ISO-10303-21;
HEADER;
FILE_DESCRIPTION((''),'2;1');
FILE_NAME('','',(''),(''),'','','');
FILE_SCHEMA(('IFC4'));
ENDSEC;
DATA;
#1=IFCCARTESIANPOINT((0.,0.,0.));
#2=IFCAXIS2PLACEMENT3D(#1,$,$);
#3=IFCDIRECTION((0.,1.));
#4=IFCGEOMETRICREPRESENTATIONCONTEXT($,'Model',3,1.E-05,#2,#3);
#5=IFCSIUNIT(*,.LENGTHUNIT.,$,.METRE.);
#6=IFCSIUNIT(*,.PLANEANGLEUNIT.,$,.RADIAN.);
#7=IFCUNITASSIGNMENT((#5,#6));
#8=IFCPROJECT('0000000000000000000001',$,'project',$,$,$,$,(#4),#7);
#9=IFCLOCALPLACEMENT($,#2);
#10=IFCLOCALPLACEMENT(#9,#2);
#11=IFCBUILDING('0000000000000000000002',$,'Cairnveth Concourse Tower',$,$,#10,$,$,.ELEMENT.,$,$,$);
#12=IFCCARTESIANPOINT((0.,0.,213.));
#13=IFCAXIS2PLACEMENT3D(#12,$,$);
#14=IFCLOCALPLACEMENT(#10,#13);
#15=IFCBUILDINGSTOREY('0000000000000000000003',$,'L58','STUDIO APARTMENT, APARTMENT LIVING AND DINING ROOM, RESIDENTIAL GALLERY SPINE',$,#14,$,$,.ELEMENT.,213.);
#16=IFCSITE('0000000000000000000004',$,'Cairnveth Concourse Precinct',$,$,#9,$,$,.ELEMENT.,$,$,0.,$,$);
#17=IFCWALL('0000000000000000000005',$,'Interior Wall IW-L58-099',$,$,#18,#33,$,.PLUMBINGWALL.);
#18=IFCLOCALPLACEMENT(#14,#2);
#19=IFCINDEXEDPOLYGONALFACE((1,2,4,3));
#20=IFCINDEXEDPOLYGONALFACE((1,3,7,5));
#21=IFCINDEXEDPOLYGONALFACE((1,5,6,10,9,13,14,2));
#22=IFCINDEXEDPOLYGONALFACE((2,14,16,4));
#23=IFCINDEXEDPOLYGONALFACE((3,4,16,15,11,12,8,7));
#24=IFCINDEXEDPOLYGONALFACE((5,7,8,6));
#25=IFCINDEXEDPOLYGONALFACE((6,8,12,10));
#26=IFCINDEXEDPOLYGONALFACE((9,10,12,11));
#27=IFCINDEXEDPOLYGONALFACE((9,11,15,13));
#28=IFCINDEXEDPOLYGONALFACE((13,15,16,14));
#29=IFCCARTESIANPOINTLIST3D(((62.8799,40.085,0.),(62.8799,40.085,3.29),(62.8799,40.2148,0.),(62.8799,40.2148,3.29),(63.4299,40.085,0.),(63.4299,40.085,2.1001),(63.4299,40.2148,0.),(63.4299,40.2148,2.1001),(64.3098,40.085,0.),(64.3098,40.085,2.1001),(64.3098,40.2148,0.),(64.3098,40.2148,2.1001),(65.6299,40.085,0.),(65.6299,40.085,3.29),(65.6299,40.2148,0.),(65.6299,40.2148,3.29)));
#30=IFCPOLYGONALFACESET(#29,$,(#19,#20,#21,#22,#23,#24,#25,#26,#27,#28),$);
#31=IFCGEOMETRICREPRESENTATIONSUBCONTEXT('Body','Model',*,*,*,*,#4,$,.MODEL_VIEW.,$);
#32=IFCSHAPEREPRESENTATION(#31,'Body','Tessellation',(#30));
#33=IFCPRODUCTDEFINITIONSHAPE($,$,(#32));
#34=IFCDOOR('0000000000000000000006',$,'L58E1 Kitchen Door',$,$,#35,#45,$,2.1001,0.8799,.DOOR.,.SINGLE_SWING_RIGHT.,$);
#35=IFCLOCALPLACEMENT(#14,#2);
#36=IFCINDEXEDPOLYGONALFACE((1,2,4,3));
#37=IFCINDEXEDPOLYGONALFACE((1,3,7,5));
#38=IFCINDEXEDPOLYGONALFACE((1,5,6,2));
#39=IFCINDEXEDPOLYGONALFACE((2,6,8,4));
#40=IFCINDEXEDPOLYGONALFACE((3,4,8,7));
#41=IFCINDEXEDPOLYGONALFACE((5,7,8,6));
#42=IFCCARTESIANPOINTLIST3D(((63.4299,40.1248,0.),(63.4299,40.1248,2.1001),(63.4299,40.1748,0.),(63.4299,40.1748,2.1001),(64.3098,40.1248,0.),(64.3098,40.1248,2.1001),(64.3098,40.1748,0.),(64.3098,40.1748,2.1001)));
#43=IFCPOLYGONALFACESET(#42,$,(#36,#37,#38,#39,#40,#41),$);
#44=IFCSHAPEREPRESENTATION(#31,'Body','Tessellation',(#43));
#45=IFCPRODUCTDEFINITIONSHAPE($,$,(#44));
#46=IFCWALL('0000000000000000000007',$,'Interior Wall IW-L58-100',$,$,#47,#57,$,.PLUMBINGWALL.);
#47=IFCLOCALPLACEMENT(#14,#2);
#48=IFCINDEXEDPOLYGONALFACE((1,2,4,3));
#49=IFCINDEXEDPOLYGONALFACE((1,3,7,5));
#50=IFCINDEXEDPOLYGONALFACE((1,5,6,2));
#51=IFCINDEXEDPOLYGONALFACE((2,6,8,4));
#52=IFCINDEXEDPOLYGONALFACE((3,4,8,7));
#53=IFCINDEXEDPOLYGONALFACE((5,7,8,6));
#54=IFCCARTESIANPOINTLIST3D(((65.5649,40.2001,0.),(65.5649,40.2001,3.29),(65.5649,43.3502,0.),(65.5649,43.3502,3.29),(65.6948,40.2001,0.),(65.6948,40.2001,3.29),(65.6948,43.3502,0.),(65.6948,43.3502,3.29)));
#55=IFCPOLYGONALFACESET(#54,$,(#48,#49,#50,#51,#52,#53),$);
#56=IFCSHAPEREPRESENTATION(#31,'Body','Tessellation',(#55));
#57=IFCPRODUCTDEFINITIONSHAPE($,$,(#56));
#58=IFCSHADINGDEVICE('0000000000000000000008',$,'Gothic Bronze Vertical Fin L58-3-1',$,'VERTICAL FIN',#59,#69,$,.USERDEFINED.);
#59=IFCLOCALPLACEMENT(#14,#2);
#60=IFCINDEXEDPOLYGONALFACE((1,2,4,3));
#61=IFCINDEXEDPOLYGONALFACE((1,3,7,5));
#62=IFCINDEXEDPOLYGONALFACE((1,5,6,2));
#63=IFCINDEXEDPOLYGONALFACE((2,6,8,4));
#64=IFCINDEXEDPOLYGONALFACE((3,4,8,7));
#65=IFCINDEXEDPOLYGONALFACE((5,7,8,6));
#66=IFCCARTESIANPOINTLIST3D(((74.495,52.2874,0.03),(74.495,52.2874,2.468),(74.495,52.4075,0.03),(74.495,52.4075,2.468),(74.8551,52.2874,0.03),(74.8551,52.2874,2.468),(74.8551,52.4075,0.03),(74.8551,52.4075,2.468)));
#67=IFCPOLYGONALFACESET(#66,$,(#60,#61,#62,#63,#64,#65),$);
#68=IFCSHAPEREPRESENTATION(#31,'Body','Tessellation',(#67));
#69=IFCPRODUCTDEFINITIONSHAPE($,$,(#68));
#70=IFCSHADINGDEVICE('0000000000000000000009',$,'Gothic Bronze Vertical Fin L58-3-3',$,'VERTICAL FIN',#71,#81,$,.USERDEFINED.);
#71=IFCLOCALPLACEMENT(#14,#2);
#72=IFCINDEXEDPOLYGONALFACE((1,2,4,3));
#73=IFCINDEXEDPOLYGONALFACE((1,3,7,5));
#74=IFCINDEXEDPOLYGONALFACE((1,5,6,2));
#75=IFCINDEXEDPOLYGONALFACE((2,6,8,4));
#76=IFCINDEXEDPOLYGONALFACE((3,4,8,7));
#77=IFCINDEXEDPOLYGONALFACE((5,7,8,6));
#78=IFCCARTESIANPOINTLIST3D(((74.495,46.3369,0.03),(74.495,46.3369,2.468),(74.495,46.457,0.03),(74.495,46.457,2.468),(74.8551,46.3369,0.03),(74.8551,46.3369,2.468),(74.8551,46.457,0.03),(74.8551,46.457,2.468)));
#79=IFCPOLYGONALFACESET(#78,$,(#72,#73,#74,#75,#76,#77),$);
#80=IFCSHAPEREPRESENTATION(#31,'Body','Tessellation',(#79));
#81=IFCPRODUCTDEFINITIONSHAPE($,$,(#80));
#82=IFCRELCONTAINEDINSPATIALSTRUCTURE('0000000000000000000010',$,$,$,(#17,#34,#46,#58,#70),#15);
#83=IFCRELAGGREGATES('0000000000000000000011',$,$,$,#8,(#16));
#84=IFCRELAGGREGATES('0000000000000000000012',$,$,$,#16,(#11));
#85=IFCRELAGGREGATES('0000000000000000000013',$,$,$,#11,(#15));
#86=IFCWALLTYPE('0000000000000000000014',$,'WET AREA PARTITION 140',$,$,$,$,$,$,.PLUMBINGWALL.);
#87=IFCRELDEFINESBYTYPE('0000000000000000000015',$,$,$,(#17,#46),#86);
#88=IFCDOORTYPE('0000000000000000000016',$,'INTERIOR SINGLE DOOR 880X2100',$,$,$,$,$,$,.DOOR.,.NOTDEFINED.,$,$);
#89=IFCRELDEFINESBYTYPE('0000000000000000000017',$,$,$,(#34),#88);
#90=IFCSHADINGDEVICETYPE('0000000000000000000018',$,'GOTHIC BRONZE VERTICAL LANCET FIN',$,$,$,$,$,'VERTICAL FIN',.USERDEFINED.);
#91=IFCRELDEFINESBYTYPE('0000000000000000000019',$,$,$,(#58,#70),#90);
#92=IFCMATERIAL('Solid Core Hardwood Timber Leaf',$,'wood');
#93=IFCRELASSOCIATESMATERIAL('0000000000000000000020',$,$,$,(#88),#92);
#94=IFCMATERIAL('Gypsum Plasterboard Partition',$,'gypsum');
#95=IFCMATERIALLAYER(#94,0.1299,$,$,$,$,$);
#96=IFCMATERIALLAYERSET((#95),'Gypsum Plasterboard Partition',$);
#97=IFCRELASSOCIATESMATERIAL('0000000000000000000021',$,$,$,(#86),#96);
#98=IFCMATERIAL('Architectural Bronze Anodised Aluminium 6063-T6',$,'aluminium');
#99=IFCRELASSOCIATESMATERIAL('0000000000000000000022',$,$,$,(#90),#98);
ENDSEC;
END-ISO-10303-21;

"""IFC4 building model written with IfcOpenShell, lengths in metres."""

from ifc_helpers import new_model, si_unit, direction, frame, frame_2d, origin, origin_2d, place, context, subcontext, project, spatial, rectangle, extrude, material, layer, layer_set, type_object, element, fill, save


model = new_model("IFC4")

# Units and contexts
model_context = context("Model", 3, precision=1e-05, world=origin(), true_north=direction((0.0, 1.0)))
body_context = subcontext(model_context, "Body", "Model", "MODEL_VIEW")
ifc_project = project(units=[si_unit("LENGTHUNIT", "METRE"), si_unit("PLANEANGLEUNIT", "RADIAN")], contexts=[model_context])

# Site, building, storey
site_placement = place(None, origin())
site = spatial("IfcSite", under=ifc_project, at=site_placement, Name="Cairnveth Concourse Precinct", CompositionType="ELEMENT", RefElevation=0.0)
building_placement = place(site_placement, origin())
building = spatial("IfcBuilding", under=site, at=building_placement, Name="Cairnveth Concourse Tower", CompositionType="ELEMENT")
storey_placement = place(building_placement, frame((0.0, 0.0, 213.0)))
storey = spatial("IfcBuildingStorey", under=building, at=storey_placement, Name="L58", Description="STUDIO APARTMENT, APARTMENT LIVING AND DINING ROOM, RESIDENTIAL GALLERY SPINE", CompositionType="ELEMENT", Elevation=213.0)

# Shared definitions
ifc_material_1 = material(Name="Gypsum Plasterboard Partition", Category="gypsum")

# Shared definitions
ifc_material_2 = material(Name="Solid Core Hardwood Timber Leaf", Category="wood")
door_type_1 = type_object("IfcDoorType", Name="INTERIOR SINGLE DOOR 880X2100", OperationType="NOTDEFINED", PredefinedType="DOOR", material=ifc_material_2)

# Shared definitions
ifc_layer_1 = layer(ifc_material_1, 0.1299)
ifc_layer_set_1 = layer_set([ifc_layer_1], Name="Gypsum Plasterboard Partition")
wall_type_1 = type_object("IfcWallType", Name="WET AREA PARTITION 140", PredefinedType="PLUMBINGWALL", material=ifc_layer_set_1)

# Wall, opening, door
wall_1_placement = place(storey_placement, frame((62.8799, 40.1499, 0.0), z_axis=(0.0, 0.0, 1.0), x_axis=(1.0, 0.0, 0.0)))
wall_1 = element("IfcWall", 1, at=wall_1_placement, inside=storey, type_object=wall_type_1, Name="Interior Wall IW-L58-099", PredefinedType="PLUMBINGWALL", context=body_context, shape_type="SweptSolid", body=[
    extrude(rectangle(XDim=2.75, YDim=0.1299, at=frame_2d((1.375, 0.0))), origin(), (0.0, 0.0, 1.0), 3.29),
])
opening_1_placement = place(wall_1_placement, frame((0.55, 0.0, 0.0)))
opening_1 = element("IfcOpeningElement", 2, at=opening_1_placement, cuts=wall_1, PredefinedType="OPENING", context=body_context, shape_type="SweptSolid", body=[
    extrude(rectangle(XDim=0.8799, YDim=2.1001, at=frame_2d((0.4399, 1.05))), frame((0.0, 0.075, 0.0), z_axis=(0.0, -1.0, 0.0), x_axis=(1.0, 0.0, 0.0)), (0.0, 0.0, 1.0), 0.1499),
])
door_1_placement = place(opening_1_placement, origin())
door_1 = element("IfcDoor", 3, at=door_1_placement, inside=storey, type_object=door_type_1, Name="L58E1 Kitchen Door", OperationType="SINGLE_SWING_RIGHT", OverallHeight=2.1001, OverallWidth=0.8799, PredefinedType="DOOR", context=body_context, shape_type="SweptSolid", body=[
    extrude(rectangle(XDim=0.8799, YDim=2.1001, at=frame_2d((0.4399, 1.05))), frame((0.0, 0.0249, 0.0), z_axis=(0.0, -1.0, 0.0), x_axis=(1.0, 0.0, 0.0)), (0.0, 0.0, 1.0), 0.05),
])
fill(opening_1, door_1)

# Wall
wall_2_placement = place(storey_placement, frame((65.6299, 40.2, 0.0), z_axis=(0.0, 0.0, 1.0), x_axis=(0.0, 1.0, 0.0)))
element("IfcWall", 4, at=wall_2_placement, inside=storey, type_object=wall_type_1, Name="Interior Wall IW-L58-100", PredefinedType="PLUMBINGWALL", context=body_context, shape_type="SweptSolid", body=[
    extrude(rectangle(XDim=3.1501, YDim=0.1299, at=frame_2d((1.5752, 0.0))), origin(), (0.0, 0.0, 1.0), 3.29),
])

# Shading devices
ifc_material_3 = material(Name="Architectural Bronze Anodised Aluminium 6063-T6", Category="aluminium")
shading_device_type = type_object("IfcShadingDeviceType", Name="GOTHIC BRONZE VERTICAL LANCET FIN", ElementType="VERTICAL FIN", PredefinedType="USERDEFINED", material=ifc_material_3)
for number, where, z_axis, x_axis, name in (
    (5, (74.675, 52.3474, 0.03), (0.0, 0.0, 1.0), (0.0, 1.0, 0.0), "Gothic Bronze Vertical Fin L58-3-1"),
    (6, (74.675, 46.397, 0.03), (0.0, 0.0, 1.0), (0.0, 1.0, 0.0), "Gothic Bronze Vertical Fin L58-3-3"),
):
    element("IfcShadingDevice", number, at=place(storey_placement, frame(where, z_axis=z_axis, x_axis=x_axis)), inside=storey, type_object=shading_device_type, Name=name, ObjectType="VERTICAL FIN", PredefinedType="USERDEFINED", context=body_context, shape_type="SweptSolid", body=[
        extrude(rectangle(XDim=0.1201, YDim=0.3601, at=origin_2d()), origin(), (0.0, 0.0, 1.0), 2.438),
    ])

save(model, "model.ifc")
